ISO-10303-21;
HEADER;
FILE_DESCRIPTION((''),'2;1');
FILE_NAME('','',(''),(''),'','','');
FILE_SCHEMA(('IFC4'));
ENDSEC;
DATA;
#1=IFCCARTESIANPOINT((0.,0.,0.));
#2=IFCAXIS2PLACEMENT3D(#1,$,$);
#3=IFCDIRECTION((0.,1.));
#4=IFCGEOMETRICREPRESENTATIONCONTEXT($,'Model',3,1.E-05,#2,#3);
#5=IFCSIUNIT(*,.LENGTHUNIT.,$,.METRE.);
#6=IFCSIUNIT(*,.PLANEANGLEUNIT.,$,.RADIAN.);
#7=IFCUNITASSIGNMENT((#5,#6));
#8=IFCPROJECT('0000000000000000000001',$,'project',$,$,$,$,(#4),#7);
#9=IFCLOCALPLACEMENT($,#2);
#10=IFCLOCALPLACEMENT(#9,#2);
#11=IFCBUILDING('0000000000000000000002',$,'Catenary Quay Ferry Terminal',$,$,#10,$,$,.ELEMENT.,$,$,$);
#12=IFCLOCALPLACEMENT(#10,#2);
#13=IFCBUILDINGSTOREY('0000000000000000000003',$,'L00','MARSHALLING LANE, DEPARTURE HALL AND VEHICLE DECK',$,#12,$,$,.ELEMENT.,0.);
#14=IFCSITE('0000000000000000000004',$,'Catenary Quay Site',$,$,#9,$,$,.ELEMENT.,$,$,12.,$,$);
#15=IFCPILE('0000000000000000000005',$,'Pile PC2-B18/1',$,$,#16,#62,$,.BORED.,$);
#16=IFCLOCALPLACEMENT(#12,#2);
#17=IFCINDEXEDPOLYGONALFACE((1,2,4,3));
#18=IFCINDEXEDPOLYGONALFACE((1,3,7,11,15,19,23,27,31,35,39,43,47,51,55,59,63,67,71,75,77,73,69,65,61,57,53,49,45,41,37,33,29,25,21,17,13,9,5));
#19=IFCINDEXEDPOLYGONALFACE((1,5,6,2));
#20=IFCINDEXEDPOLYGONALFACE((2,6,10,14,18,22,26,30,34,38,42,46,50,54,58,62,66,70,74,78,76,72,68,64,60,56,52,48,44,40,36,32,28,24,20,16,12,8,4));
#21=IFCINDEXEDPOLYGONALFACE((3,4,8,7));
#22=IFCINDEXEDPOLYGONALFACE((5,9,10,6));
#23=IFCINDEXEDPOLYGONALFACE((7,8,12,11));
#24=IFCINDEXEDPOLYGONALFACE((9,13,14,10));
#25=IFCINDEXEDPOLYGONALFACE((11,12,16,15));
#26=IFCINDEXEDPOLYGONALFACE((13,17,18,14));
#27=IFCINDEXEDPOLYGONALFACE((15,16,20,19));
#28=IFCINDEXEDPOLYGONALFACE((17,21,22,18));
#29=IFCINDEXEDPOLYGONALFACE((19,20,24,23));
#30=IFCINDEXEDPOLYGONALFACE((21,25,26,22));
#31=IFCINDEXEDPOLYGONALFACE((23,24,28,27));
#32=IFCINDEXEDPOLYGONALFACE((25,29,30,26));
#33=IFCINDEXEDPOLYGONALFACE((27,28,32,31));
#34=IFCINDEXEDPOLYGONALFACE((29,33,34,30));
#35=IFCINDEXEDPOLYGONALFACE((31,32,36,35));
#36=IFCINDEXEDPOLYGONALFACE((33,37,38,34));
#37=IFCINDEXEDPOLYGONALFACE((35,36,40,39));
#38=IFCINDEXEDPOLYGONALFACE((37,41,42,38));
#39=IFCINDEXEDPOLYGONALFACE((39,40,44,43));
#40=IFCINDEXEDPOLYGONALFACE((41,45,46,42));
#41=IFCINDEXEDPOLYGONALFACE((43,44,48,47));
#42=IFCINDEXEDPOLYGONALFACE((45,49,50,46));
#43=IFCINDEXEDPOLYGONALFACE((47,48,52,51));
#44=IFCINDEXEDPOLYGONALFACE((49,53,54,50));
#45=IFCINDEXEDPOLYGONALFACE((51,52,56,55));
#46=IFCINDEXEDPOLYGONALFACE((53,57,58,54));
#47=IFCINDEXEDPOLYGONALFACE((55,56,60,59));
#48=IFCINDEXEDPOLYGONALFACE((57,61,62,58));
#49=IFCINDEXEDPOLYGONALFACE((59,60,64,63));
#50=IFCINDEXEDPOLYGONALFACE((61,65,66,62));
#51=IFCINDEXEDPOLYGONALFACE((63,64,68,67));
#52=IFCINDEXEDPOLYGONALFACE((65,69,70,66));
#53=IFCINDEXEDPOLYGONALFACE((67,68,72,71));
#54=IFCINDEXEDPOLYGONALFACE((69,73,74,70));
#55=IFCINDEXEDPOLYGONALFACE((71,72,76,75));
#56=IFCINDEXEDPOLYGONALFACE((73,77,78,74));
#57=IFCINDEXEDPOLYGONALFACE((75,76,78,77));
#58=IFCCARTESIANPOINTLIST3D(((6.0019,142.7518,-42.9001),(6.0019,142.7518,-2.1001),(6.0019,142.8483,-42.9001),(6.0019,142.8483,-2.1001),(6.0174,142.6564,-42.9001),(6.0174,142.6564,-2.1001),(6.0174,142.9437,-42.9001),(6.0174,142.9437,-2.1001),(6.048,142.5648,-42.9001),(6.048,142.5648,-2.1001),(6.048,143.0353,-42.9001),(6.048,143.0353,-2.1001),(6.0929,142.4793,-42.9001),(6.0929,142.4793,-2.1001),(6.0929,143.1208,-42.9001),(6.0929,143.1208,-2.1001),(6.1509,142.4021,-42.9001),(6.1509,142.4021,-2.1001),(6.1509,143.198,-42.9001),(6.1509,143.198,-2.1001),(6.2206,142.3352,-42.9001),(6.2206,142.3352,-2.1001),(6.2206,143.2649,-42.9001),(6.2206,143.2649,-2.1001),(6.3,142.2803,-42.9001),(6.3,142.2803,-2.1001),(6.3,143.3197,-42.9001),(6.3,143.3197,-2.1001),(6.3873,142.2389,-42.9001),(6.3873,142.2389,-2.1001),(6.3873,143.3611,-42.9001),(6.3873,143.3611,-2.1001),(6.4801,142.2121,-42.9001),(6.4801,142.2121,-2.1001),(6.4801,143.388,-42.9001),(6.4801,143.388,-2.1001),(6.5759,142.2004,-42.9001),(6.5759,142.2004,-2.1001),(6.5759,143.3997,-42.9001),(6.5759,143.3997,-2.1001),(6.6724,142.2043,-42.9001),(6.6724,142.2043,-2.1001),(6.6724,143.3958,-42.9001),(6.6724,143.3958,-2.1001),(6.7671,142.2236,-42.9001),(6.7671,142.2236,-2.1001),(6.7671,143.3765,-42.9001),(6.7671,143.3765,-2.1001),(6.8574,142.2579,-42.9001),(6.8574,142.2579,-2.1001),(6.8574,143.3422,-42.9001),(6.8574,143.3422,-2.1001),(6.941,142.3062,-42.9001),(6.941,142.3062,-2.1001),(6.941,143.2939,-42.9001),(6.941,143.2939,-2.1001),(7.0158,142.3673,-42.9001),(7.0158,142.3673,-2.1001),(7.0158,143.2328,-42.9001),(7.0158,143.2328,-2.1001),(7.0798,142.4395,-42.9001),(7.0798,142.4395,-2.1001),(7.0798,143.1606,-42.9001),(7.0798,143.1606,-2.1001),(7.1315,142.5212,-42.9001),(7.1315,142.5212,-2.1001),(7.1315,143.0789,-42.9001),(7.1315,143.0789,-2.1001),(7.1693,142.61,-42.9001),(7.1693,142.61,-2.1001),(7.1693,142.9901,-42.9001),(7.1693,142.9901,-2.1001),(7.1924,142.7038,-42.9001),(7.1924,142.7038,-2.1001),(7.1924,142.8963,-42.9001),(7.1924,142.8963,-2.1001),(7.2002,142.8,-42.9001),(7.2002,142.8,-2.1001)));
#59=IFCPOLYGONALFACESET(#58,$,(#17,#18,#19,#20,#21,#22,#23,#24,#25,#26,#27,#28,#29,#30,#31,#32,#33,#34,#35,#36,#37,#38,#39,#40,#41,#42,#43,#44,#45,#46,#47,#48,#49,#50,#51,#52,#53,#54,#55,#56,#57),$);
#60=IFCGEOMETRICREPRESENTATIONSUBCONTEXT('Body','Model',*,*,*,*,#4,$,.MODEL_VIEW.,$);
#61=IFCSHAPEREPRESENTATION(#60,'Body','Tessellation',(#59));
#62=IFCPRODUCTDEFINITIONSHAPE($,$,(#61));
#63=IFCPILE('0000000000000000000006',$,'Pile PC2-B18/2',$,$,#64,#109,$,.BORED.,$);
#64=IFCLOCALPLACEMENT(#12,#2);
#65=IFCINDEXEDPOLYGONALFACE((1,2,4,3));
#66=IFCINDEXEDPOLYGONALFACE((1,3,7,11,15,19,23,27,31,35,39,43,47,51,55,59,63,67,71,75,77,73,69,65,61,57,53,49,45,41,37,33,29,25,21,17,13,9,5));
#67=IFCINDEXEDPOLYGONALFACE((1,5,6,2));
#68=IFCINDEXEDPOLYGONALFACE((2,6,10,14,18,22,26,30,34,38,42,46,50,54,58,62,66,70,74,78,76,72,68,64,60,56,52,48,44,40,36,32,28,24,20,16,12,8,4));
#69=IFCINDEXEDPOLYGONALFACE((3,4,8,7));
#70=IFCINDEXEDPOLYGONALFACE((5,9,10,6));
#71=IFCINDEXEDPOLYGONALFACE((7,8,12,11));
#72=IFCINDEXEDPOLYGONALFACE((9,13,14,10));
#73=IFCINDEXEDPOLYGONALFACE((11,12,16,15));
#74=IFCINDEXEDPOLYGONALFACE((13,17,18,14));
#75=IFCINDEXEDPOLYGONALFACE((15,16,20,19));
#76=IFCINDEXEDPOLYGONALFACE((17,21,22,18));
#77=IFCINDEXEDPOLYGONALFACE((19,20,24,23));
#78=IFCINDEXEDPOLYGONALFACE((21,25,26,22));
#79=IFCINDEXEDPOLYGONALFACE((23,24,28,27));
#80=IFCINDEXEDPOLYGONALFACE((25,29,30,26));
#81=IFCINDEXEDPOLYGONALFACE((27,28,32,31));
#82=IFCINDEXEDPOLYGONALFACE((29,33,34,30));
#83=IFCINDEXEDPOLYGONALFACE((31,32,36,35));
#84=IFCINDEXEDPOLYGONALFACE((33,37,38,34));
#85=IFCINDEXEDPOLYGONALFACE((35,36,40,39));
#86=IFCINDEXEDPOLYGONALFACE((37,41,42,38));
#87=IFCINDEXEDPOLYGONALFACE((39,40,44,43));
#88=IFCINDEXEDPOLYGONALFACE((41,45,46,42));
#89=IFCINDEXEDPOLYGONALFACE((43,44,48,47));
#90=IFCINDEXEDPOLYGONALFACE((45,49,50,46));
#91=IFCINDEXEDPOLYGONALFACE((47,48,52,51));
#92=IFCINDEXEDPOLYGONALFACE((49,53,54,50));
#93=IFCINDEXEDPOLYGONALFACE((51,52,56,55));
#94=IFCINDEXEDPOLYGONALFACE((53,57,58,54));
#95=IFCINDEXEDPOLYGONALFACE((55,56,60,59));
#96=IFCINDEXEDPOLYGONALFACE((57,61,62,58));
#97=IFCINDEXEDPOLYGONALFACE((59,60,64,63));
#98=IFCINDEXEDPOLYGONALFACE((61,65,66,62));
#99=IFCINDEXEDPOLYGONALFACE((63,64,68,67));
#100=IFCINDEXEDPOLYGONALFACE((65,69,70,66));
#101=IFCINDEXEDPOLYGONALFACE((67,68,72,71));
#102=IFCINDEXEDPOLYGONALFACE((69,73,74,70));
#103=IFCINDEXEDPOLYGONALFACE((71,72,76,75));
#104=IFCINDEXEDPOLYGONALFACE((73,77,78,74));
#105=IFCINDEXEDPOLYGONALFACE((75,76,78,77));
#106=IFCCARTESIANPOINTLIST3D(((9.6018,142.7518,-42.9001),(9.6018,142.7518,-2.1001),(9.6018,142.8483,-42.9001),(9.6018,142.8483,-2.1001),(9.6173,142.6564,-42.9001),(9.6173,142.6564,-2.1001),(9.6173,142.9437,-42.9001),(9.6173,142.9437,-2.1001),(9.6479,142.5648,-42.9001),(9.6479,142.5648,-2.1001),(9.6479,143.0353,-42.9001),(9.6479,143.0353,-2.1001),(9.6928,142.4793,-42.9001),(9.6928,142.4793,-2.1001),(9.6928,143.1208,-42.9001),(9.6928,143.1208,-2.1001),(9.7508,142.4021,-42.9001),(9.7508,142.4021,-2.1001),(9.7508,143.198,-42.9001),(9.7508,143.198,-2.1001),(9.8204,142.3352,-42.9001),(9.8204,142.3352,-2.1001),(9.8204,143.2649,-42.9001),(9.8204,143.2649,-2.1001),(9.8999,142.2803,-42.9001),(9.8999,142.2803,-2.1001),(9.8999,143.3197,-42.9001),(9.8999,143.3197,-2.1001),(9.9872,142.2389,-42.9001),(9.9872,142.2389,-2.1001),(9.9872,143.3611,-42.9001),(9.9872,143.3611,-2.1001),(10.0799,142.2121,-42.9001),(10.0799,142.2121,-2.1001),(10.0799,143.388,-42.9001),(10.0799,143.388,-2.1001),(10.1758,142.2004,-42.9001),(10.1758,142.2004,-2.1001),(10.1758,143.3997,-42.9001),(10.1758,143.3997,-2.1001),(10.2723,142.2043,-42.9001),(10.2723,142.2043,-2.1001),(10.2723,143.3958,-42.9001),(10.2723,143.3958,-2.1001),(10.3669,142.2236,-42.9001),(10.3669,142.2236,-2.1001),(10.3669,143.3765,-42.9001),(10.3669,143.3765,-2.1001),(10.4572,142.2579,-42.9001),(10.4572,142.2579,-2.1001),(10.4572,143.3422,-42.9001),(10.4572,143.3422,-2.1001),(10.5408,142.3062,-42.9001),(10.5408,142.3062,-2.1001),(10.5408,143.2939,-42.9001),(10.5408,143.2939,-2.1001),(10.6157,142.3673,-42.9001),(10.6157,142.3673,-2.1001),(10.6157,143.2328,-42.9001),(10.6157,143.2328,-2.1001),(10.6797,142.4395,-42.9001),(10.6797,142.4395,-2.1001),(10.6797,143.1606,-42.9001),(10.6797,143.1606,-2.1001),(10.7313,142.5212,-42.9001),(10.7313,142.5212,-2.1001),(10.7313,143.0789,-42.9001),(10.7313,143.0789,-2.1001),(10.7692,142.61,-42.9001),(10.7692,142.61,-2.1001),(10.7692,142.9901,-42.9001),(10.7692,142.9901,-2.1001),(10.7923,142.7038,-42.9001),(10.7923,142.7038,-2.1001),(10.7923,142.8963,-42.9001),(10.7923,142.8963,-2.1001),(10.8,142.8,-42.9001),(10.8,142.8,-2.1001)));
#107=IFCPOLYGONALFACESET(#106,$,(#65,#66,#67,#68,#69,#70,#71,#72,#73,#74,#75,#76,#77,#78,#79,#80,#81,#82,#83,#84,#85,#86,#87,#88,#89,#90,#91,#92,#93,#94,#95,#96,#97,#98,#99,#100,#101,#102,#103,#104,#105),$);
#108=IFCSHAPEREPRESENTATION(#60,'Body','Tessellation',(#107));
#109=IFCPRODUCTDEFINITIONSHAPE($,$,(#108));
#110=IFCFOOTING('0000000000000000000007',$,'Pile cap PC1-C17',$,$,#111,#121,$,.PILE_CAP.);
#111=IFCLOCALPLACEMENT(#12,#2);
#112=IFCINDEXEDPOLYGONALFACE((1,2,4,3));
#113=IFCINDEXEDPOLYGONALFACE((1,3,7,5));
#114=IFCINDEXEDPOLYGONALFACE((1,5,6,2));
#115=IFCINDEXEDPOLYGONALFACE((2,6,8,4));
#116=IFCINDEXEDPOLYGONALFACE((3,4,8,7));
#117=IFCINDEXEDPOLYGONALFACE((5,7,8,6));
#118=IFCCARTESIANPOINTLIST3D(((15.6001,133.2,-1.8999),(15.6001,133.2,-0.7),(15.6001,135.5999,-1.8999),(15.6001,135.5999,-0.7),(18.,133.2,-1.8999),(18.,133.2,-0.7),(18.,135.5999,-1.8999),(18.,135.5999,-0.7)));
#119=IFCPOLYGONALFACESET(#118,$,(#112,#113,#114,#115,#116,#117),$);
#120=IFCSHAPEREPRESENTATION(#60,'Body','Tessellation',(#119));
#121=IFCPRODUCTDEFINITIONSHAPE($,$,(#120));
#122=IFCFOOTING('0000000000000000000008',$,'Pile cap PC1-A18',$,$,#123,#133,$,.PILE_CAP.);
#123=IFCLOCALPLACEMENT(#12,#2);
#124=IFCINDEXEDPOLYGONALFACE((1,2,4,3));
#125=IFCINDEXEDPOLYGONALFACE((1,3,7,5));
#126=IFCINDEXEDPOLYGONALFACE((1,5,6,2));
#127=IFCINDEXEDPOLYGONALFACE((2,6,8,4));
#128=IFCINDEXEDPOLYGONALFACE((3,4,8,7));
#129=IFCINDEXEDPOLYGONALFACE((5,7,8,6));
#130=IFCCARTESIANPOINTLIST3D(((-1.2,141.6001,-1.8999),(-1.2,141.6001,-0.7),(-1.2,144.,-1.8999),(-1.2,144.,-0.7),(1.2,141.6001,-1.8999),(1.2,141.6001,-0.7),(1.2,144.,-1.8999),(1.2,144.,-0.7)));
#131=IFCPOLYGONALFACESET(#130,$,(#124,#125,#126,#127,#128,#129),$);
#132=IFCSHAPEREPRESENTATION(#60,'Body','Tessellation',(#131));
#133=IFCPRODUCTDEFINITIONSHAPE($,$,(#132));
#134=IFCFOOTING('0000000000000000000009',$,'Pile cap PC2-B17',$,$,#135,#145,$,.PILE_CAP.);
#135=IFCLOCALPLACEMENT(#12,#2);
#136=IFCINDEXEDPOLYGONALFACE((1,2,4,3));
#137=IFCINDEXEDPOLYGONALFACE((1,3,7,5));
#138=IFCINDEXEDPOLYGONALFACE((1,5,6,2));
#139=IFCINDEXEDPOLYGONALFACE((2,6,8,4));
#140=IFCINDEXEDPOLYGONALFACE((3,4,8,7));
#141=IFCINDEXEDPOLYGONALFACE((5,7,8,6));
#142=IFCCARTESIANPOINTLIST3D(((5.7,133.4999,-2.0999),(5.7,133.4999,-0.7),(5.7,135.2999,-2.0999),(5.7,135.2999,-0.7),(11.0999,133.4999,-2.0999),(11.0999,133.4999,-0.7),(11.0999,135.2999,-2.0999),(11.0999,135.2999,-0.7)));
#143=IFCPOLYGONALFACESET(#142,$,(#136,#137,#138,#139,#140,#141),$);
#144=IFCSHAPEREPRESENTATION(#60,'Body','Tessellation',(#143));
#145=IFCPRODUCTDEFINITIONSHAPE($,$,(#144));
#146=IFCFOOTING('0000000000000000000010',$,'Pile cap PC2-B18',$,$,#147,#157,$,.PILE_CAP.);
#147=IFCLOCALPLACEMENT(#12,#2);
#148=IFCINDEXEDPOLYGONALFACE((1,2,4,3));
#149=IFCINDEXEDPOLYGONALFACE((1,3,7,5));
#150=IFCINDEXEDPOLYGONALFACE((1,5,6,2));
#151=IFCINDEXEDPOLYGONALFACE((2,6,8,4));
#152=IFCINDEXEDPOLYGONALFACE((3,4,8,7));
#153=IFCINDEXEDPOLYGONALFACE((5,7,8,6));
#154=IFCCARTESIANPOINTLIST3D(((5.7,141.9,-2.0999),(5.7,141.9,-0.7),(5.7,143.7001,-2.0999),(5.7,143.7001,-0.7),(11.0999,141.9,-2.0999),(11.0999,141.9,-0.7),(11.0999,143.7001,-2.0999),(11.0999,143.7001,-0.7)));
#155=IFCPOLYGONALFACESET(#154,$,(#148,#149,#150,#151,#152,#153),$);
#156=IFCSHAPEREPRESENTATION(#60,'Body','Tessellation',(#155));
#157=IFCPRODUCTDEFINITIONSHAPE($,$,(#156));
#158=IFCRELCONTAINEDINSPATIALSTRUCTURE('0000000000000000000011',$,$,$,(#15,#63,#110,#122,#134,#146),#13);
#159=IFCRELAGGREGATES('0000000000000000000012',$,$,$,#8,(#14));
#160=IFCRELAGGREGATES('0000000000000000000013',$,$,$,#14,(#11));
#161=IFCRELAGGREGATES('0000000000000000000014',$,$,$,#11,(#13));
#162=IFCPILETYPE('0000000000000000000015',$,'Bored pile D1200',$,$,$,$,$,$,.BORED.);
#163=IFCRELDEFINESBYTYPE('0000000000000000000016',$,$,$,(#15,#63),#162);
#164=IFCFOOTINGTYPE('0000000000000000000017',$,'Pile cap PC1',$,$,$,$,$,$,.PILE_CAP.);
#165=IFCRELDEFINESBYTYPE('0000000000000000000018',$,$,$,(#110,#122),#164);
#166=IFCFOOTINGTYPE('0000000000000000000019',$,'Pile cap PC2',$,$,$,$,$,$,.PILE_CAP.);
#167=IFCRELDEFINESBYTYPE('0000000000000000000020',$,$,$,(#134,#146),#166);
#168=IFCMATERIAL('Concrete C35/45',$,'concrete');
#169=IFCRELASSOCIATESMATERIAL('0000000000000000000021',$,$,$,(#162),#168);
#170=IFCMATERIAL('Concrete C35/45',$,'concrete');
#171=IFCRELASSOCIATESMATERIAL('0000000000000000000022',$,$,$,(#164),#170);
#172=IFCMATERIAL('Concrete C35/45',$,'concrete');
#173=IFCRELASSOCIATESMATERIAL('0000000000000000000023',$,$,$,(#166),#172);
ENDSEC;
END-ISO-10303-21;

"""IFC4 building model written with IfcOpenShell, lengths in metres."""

from ifc_helpers import new_model, si_unit, direction, frame, origin, origin_2d, place, context, subcontext, project, spatial, rectangle, circle, extrude, material, material_profile, profile_set, type_object, element, save


model = new_model("IFC4")

# Units and contexts
model_context = context("Model", 3, precision=1e-05, world=origin(), true_north=direction((0.0, 1.0)))
body_context = subcontext(model_context, "Body", "Model", "MODEL_VIEW")
ifc_project = project(units=[si_unit("LENGTHUNIT", "METRE"), si_unit("PLANEANGLEUNIT", "RADIAN")], contexts=[model_context])

# Site, building, storey
site_placement = place(None, origin())
site = spatial("IfcSite", under=ifc_project, at=site_placement, Name="Catenary Quay Site", CompositionType="ELEMENT", RefElevation=12.0)
building_placement = place(site_placement, origin())
building = spatial("IfcBuilding", under=site, at=building_placement, Name="Catenary Quay Ferry Terminal", CompositionType="ELEMENT")
storey_placement = place(building_placement, origin())
storey = spatial("IfcBuildingStorey", under=building, at=storey_placement, Name="L00", Description="MARSHALLING LANE, DEPARTURE HALL AND VEHICLE DECK", CompositionType="ELEMENT", Elevation=0.0)

# Piles
ifc_material_1 = material(Name="Concrete C35/45", Category="concrete")
ifc_material_profile_1 = material_profile(ifc_material_1, circle(Radius=0.6001, at=origin_2d()), Name="D1200")
ifc_profile_set_1 = profile_set([ifc_material_profile_1], Name="Concrete C35/45")
pile_type = type_object("IfcPileType", Name="Bored pile D1200", PredefinedType="BORED", material=ifc_profile_set_1)
for number, where, z_axis, x_axis, name in (
    (1, (6.6001, 142.8, -2.1001), (0.0, 0.0, -1.0), (1.0, 0.0, 0.0), "Pile PC2-B18/1"),
    (2, (10.2, 142.8, -2.1001), (0.0, 0.0, -1.0), (1.0, 0.0, 0.0), "Pile PC2-B18/2"),
):
    element("IfcPile", number, at=place(storey_placement, frame(where, z_axis=z_axis, x_axis=x_axis)), inside=storey, type_object=pile_type, Name=name, PredefinedType="BORED", context=body_context, shape_type="SweptSolid", body=[
        extrude(circle(Radius=0.6001, at=origin_2d()), origin(), (0.0, 0.0, 1.0), 40.8),
    ])

# Footings
ifc_material_2 = material(Name="Concrete C35/45", Category="concrete")
footing_type_1 = type_object("IfcFootingType", Name="Pile cap PC1", PredefinedType="PILE_CAP", material=ifc_material_2)
for number, where, z_axis, x_axis, name in (
    (3, (16.8, 134.3999, -1.8999), (0.0, 0.0, 1.0), (1.0, 0.0, 0.0), "Pile cap PC1-C17"),
    (4, (0.0, 142.8, -1.8999), (0.0, 0.0, 1.0), (1.0, 0.0, 0.0), "Pile cap PC1-A18"),
):
    element("IfcFooting", number, at=place(storey_placement, frame(where, z_axis=z_axis, x_axis=x_axis)), inside=storey, type_object=footing_type_1, Name=name, PredefinedType="PILE_CAP", context=body_context, shape_type="SweptSolid", body=[
        extrude(rectangle(XDim=2.3999, YDim=2.3999, at=origin_2d()), origin(), (0.0, 0.0, 1.0), 1.2),
    ])
ifc_material_3 = material(Name="Concrete C35/45", Category="concrete")
footing_type_2 = type_object("IfcFootingType", Name="Pile cap PC2", PredefinedType="PILE_CAP", material=ifc_material_3)
for number, where, z_axis, x_axis, name in (
    (5, (8.3999, 134.3999, -2.0999), (0.0, 0.0, 1.0), (1.0, 0.0, 0.0), "Pile cap PC2-B17"),
    (6, (8.3999, 142.8, -2.0999), (0.0, 0.0, 1.0), (1.0, 0.0, 0.0), "Pile cap PC2-B18"),
):
    element("IfcFooting", number, at=place(storey_placement, frame(where, z_axis=z_axis, x_axis=x_axis)), inside=storey, type_object=footing_type_2, Name=name, PredefinedType="PILE_CAP", context=body_context, shape_type="SweptSolid", body=[
        extrude(rectangle(XDim=5.3999, YDim=1.8, at=origin_2d()), origin(), (0.0, 0.0, 1.0), 1.3999),
    ])

save(model, "model.ifc")
